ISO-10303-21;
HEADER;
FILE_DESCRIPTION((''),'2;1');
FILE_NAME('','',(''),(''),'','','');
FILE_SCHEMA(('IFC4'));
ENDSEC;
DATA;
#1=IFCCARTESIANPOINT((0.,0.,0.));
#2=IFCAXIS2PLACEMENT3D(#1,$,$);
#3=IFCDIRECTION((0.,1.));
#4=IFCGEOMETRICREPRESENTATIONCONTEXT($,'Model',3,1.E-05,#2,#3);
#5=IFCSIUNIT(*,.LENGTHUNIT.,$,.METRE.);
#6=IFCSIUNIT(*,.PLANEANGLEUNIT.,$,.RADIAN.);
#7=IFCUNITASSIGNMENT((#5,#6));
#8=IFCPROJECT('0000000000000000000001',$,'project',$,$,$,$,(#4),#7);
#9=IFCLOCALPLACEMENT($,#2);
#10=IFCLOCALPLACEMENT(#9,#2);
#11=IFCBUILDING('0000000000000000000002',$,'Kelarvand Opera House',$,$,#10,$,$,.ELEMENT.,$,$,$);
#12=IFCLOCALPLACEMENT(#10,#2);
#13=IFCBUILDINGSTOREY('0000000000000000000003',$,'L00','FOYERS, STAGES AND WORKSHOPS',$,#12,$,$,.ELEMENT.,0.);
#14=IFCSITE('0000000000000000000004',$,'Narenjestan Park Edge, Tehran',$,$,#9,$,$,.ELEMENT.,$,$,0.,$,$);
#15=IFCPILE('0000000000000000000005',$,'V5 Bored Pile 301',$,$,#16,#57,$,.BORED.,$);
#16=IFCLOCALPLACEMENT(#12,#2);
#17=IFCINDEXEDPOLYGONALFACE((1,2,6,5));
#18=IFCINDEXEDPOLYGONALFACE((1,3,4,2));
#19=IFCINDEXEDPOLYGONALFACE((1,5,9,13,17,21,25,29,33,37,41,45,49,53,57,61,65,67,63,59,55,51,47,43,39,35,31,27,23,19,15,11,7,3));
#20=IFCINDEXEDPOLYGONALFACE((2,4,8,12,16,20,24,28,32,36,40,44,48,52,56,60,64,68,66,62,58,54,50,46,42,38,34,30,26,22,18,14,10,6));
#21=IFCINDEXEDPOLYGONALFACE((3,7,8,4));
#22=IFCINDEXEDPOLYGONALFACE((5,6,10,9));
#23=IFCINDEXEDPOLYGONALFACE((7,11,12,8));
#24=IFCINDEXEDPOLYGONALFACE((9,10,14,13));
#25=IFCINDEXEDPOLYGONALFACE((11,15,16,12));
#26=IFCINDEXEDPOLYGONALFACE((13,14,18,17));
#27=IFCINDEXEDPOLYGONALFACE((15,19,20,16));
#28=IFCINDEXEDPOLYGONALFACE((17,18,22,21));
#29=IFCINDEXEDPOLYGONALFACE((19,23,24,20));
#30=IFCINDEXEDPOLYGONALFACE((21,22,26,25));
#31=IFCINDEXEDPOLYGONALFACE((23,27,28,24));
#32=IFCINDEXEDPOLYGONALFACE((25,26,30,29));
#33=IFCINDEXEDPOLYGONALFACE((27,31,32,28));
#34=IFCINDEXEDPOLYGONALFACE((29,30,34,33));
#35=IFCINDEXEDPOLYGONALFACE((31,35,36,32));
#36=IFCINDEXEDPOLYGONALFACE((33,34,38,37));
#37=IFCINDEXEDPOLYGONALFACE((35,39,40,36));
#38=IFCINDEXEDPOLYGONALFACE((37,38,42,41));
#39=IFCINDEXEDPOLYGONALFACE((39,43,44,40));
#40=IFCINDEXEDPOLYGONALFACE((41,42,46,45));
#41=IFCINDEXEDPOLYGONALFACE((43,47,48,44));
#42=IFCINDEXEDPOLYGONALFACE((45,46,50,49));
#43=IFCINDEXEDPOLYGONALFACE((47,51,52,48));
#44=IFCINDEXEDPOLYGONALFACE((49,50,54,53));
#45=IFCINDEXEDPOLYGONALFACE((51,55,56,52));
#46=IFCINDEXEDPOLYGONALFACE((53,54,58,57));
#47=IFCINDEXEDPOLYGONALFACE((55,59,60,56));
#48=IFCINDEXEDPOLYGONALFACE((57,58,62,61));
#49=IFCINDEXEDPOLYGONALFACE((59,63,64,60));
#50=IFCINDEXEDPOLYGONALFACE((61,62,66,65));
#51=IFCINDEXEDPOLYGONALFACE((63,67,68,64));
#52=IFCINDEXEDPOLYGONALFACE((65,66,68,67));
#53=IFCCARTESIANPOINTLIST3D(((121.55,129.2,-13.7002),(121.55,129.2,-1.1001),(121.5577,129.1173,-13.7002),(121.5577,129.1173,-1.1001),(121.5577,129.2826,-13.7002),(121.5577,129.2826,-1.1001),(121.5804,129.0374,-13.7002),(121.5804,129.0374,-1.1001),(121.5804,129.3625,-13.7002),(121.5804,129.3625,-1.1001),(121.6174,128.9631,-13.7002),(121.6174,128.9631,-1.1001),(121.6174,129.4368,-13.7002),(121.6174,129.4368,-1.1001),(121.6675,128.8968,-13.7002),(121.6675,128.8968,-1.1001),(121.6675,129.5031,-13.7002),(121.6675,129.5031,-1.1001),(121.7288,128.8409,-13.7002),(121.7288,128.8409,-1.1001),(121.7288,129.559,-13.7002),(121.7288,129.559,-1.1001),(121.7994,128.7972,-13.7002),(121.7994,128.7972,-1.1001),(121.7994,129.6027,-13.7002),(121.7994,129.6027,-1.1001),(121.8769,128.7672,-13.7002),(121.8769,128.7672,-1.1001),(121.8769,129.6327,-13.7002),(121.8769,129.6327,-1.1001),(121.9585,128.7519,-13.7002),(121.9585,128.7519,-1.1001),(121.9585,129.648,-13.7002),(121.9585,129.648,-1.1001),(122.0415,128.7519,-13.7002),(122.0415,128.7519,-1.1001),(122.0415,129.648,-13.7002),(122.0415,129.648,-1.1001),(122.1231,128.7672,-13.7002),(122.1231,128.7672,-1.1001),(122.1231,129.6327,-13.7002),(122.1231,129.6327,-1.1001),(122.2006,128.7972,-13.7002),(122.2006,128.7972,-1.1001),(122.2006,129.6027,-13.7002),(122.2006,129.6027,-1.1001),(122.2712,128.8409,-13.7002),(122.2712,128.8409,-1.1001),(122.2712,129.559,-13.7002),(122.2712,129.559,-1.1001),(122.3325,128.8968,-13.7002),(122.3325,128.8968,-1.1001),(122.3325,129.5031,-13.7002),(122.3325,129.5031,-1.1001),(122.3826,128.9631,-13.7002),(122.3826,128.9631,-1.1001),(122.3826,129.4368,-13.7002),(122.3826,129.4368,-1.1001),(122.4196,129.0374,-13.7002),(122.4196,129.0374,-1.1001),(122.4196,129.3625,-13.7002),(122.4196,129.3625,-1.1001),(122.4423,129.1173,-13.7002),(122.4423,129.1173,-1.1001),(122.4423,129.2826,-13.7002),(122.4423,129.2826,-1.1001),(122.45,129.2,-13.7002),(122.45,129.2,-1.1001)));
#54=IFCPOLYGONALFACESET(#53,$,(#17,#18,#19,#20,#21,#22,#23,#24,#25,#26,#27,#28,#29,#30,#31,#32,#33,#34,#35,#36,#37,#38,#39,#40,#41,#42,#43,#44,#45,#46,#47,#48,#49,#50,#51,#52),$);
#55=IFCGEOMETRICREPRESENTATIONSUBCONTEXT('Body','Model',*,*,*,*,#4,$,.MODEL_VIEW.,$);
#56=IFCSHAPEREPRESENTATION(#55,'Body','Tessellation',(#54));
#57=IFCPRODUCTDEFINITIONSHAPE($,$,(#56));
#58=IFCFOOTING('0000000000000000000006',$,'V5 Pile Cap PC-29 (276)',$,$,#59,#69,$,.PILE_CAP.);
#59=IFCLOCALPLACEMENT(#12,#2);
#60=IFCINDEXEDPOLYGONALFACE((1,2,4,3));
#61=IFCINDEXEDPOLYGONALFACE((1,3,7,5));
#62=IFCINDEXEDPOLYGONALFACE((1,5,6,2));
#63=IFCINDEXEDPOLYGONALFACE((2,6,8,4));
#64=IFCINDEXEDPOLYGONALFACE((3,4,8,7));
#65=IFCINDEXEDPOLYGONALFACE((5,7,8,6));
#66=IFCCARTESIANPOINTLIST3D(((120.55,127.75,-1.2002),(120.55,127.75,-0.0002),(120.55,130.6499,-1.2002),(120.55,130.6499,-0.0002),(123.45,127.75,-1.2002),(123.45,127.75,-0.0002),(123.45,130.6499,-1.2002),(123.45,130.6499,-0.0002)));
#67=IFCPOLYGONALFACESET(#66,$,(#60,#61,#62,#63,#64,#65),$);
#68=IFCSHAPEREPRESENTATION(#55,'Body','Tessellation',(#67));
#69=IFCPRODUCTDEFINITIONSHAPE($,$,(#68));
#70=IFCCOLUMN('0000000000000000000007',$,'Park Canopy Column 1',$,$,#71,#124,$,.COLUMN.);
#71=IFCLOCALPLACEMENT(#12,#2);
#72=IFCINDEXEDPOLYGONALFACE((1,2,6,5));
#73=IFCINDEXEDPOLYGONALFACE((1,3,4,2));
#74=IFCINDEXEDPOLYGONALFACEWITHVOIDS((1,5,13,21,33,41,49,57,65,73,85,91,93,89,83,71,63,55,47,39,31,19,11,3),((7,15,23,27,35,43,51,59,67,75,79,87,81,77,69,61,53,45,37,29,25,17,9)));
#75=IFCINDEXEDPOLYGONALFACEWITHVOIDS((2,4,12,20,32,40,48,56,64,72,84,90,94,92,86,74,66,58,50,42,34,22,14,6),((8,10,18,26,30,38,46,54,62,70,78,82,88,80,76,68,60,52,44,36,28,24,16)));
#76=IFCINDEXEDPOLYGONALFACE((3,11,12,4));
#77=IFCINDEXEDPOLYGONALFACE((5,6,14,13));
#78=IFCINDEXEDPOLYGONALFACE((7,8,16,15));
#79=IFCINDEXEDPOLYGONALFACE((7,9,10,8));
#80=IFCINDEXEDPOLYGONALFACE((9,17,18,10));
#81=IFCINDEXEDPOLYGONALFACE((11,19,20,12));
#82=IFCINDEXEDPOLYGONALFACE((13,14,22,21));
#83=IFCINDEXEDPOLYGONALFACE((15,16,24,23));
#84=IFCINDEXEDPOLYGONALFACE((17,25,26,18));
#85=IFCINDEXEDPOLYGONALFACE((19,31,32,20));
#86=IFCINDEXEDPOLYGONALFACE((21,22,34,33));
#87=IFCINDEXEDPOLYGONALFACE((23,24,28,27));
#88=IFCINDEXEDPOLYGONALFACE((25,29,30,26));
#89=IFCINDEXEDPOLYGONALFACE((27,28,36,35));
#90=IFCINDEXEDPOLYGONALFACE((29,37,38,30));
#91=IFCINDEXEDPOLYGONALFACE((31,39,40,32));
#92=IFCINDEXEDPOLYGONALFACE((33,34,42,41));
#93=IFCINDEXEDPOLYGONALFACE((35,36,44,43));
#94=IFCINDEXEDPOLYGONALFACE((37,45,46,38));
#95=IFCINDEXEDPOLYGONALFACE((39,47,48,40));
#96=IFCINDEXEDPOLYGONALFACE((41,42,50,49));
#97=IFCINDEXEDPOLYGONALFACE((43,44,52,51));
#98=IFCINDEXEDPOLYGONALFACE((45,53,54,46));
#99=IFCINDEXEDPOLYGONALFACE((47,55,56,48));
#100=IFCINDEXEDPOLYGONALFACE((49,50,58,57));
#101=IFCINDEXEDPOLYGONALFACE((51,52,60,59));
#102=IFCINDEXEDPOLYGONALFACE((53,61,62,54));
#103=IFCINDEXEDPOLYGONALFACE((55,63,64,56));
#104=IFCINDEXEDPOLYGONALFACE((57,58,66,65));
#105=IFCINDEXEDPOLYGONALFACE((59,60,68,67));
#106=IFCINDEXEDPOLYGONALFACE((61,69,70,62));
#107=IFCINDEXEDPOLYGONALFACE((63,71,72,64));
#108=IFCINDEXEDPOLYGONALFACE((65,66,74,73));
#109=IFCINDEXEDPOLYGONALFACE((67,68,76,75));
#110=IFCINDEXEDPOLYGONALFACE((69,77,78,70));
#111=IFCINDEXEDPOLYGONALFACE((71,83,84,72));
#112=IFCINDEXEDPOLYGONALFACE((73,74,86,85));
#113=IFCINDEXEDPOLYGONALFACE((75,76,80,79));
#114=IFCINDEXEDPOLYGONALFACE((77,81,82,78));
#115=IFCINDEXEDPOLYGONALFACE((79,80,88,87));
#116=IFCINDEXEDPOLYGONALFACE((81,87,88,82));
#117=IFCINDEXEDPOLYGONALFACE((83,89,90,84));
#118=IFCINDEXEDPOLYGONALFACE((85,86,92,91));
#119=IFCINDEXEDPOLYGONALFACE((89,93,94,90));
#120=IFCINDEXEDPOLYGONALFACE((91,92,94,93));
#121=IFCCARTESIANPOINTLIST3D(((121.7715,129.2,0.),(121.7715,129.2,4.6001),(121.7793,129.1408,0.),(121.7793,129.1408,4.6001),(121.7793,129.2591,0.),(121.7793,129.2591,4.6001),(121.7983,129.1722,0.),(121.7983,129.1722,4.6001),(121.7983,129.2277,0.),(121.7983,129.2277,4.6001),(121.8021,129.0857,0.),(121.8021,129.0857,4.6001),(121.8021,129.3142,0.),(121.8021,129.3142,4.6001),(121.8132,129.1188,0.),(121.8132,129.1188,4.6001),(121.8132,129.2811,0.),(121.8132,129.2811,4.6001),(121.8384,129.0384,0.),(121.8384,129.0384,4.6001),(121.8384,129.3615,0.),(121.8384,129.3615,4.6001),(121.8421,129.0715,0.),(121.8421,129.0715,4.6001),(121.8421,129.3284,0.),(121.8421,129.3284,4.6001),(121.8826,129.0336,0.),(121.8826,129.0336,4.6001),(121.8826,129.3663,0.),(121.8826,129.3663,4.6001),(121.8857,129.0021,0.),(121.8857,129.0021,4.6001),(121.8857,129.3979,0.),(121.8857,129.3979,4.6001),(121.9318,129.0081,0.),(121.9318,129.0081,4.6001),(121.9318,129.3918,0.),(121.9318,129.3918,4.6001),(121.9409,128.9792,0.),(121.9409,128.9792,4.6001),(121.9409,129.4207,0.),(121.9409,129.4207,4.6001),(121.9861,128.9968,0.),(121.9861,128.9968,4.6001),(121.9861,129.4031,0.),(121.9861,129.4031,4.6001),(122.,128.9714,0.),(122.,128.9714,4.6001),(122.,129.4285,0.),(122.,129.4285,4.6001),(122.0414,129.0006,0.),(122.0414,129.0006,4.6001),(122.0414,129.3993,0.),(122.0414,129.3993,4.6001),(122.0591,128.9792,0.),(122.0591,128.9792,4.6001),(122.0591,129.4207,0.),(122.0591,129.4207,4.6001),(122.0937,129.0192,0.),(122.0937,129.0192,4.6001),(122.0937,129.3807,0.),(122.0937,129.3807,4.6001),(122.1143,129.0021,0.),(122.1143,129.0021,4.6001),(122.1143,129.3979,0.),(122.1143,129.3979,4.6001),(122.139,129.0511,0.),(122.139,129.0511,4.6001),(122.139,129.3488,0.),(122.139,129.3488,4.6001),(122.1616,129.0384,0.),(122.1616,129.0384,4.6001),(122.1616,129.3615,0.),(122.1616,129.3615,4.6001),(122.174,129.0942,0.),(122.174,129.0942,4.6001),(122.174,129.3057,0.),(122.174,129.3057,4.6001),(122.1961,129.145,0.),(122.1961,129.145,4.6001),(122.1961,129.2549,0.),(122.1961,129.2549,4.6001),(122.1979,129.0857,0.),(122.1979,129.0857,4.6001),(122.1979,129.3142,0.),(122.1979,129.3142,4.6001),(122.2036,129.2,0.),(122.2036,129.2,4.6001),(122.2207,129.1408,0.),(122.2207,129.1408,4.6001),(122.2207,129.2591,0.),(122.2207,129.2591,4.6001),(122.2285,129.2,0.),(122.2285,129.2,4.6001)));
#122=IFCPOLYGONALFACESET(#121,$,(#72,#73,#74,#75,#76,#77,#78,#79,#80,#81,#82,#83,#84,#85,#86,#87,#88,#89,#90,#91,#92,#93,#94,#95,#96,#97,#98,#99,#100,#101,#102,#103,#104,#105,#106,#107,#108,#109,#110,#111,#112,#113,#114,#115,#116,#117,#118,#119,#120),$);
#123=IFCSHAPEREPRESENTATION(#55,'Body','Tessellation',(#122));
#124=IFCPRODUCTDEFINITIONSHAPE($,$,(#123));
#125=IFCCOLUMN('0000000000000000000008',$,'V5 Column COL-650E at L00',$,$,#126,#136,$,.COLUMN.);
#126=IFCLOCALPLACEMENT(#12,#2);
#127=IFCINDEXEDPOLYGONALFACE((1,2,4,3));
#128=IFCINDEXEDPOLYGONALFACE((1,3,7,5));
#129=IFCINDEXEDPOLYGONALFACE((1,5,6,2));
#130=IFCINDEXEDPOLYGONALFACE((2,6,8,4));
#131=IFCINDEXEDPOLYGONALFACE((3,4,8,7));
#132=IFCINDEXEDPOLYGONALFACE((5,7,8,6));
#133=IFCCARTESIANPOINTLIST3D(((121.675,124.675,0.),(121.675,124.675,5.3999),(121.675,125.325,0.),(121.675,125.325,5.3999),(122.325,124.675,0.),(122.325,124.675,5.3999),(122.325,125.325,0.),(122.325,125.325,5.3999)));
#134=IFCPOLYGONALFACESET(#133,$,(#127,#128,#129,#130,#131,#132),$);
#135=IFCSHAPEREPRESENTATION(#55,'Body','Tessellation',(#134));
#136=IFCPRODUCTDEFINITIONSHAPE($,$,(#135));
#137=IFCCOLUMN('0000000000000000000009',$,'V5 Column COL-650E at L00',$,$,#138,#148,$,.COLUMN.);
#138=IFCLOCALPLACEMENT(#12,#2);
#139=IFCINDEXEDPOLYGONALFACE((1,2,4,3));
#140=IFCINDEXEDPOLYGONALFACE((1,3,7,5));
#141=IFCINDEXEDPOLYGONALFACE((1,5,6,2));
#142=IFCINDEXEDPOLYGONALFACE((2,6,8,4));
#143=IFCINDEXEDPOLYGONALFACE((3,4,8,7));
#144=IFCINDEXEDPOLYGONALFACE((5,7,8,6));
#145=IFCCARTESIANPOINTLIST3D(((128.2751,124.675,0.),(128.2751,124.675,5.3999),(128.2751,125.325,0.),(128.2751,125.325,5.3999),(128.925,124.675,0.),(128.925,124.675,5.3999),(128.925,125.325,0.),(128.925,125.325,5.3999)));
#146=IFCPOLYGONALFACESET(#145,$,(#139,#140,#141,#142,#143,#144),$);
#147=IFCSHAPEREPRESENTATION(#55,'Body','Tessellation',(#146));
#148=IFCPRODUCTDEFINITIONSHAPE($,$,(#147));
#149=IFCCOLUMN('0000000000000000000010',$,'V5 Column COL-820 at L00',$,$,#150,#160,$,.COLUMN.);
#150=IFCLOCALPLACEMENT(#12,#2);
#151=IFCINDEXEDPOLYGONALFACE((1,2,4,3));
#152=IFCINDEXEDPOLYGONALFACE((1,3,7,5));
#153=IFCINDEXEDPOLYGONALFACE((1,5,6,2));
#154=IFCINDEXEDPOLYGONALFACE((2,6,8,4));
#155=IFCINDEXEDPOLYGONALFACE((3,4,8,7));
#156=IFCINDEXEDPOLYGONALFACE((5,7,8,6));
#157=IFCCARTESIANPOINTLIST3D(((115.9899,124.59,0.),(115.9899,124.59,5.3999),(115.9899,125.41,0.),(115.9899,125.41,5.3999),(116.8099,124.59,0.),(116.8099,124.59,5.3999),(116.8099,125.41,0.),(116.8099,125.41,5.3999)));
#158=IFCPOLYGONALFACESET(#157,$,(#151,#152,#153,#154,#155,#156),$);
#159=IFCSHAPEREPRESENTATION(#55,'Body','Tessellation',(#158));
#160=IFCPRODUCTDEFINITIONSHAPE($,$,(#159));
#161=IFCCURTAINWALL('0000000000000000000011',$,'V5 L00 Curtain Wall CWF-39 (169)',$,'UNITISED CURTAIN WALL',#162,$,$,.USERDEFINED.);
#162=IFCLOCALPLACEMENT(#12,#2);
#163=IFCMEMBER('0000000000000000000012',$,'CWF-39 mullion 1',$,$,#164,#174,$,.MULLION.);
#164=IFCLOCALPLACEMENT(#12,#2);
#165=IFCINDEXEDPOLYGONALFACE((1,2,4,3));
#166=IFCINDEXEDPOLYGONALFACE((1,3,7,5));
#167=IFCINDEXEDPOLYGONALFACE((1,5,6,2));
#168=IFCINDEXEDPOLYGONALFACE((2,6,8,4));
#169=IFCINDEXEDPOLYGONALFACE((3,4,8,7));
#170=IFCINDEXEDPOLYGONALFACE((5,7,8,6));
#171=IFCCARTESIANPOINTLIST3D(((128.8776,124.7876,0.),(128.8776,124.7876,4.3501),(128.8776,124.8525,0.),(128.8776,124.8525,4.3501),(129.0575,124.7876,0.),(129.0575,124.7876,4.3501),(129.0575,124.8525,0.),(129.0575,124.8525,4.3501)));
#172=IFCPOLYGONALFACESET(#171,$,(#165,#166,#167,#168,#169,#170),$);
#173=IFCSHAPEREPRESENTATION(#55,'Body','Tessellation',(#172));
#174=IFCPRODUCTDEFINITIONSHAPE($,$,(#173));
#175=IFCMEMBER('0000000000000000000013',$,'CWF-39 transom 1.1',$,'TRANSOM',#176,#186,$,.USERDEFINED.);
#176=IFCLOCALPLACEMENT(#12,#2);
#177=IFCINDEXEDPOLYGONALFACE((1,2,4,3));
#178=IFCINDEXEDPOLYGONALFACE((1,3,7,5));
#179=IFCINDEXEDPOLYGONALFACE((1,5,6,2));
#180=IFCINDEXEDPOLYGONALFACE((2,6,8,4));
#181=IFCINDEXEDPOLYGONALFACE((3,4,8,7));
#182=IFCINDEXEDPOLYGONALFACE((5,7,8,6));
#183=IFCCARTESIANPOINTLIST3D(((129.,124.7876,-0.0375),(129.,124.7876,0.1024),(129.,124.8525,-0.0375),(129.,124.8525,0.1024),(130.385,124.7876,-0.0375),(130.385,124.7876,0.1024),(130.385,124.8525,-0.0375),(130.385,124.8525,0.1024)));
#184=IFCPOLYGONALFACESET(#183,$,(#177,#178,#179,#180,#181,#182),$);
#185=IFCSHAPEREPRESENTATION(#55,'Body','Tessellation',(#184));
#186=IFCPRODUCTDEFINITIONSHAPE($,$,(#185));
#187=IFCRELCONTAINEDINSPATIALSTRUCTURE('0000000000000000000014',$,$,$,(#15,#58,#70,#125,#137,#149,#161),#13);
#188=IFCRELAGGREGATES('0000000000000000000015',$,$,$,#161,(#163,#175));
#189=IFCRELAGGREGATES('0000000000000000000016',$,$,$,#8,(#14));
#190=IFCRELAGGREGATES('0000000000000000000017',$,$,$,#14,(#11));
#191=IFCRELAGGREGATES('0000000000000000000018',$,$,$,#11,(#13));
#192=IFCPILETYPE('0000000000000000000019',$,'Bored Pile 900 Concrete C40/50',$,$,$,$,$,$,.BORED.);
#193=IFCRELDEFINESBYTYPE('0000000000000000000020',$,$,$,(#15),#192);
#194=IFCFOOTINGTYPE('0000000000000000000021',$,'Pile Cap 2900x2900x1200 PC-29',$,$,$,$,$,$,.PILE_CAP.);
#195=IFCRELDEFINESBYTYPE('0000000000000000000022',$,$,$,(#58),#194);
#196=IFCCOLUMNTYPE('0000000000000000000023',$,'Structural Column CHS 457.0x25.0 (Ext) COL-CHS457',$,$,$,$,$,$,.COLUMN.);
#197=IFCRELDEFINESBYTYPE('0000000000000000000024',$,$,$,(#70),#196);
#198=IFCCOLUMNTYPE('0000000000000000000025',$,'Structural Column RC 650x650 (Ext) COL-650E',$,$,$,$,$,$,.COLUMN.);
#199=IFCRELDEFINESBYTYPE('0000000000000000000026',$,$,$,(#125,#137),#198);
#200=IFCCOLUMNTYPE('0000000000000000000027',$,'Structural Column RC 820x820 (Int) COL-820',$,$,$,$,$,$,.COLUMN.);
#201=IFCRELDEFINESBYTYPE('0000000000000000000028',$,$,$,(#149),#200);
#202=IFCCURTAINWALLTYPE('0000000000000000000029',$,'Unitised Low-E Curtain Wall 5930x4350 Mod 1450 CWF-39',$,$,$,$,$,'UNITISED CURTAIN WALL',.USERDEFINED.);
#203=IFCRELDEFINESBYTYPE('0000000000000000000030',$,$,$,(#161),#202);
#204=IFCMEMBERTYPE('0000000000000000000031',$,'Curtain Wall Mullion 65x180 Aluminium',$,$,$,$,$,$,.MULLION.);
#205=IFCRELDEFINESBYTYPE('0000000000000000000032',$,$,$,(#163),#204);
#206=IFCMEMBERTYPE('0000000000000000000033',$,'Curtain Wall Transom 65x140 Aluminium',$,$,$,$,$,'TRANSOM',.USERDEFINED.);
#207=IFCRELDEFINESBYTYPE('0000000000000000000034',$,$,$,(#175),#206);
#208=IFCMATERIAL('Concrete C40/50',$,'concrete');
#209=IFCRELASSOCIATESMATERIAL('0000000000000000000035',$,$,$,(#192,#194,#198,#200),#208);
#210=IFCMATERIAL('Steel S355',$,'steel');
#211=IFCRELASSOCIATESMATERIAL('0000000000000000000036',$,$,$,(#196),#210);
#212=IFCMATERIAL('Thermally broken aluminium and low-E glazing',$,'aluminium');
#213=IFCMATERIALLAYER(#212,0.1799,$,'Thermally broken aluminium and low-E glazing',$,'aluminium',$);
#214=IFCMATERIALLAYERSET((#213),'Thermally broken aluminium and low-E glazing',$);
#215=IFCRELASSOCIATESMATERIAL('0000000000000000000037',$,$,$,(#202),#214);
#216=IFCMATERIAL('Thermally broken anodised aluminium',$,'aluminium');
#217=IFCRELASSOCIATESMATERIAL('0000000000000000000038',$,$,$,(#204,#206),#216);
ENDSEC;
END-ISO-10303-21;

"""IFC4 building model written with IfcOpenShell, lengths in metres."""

from ifc_helpers import new_model, si_unit, direction, frame, origin, origin_2d, place, context, subcontext, project, spatial, rectangle, circle, hollow_circle, extrude, material, layer, layer_set, material_profile, profile_set, type_object, element, aggregate, save


model = new_model("IFC4")

# Units and contexts
model_context = context("Model", 3, precision=1e-05, world=origin(), true_north=direction((0.0, 1.0)))
body_context = subcontext(model_context, "Body", "Model", "MODEL_VIEW")
ifc_project = project(units=[si_unit("LENGTHUNIT", "METRE"), si_unit("PLANEANGLEUNIT", "RADIAN")], contexts=[model_context])

# Site, building, storey
site_placement = place(None, origin())
site = spatial("IfcSite", under=ifc_project, at=site_placement, Name="Narenjestan Park Edge, Tehran", CompositionType="ELEMENT", RefElevation=0.0)
building_placement = place(site_placement, origin())
building = spatial("IfcBuilding", under=site, at=building_placement, Name="Kelarvand Opera House", CompositionType="ELEMENT")
storey_placement = place(building_placement, origin())
storey = spatial("IfcBuildingStorey", under=building, at=storey_placement, Name="L00", Description="FOYERS, STAGES AND WORKSHOPS", CompositionType="ELEMENT", Elevation=0.0)

# Pile
ifc_material_1 = material(Name="Concrete C40/50", Category="concrete")
ifc_material_profile_1 = material_profile(ifc_material_1, circle(Radius=0.45, at=origin_2d()), Name="BP 900", Category="concrete")
ifc_profile_set_1 = profile_set([ifc_material_profile_1], Name="Concrete C40/50")
pile_type = type_object("IfcPileType", Name="Bored Pile 900 Concrete C40/50", PredefinedType="BORED", material=ifc_profile_set_1)
pile_placement = place(storey_placement, frame((122.0, 129.2, -1.1001), z_axis=(0.0, 0.0, -1.0), x_axis=(1.0, 0.0, 0.0)))
element("IfcPile", 1, at=pile_placement, inside=storey, type_object=pile_type, Name="V5 Bored Pile 301", PredefinedType="BORED", context=body_context, shape_type="SweptSolid", body=[
    extrude(circle(Radius=0.45, at=origin_2d()), origin(), (0.0, 0.0, 1.0), 12.6001),
])

# Footing
footing_type = type_object("IfcFootingType", Name="Pile Cap 2900x2900x1200 PC-29", PredefinedType="PILE_CAP", material=ifc_material_1)
footing_placement = place(storey_placement, frame((122.0, 129.2, -1.2002), z_axis=(0.0, 0.0, 1.0), x_axis=(1.0, 0.0, 0.0)))
element("IfcFooting", 2, at=footing_placement, inside=storey, type_object=footing_type, Name="V5 Pile Cap PC-29 (276)", PredefinedType="PILE_CAP", context=body_context, shape_type="SweptSolid", body=[
    extrude(rectangle(XDim=2.8999, YDim=2.8999, at=origin_2d()), origin(), (0.0, 0.0, 1.0), 1.2),
])

# Columns
ifc_material_2 = material(Name="Steel S355", Category="steel")
ifc_material_profile_2 = material_profile(ifc_material_2, hollow_circle(Radius=0.2285, WallThickness=0.0249, at=origin_2d()), Name="CHS 457.0x25.0", Category="steel")
ifc_profile_set_2 = profile_set([ifc_material_profile_2], Name="Steel S355")
column_type_1 = type_object("IfcColumnType", Name="Structural Column CHS 457.0x25.0 (Ext) COL-CHS457", PredefinedType="COLUMN", material=ifc_profile_set_2)
column_1_placement = place(storey_placement, frame((122.0, 129.2, 0.0), z_axis=(0.0, 0.0, 1.0), x_axis=(1.0, 0.0, 0.0)))
element("IfcColumn", 3, at=column_1_placement, inside=storey, type_object=column_type_1, Name="Park Canopy Column 1", PredefinedType="COLUMN", context=body_context, shape_type="SweptSolid", body=[
    extrude(hollow_circle(Radius=0.2285, WallThickness=0.0249, at=origin_2d()), origin(), (0.0, 0.0, 1.0), 4.6001),
])
ifc_material_profile_3 = material_profile(ifc_material_1, rectangle(XDim=0.6499, YDim=0.6499, at=origin_2d()), Name="RC 650x650", Category="concrete")
ifc_profile_set_3 = profile_set([ifc_material_profile_3], Name="Concrete C40/50")
column_type_2 = type_object("IfcColumnType", Name="Structural Column RC 650x650 (Ext) COL-650E", PredefinedType="COLUMN", material=ifc_profile_set_3)
for number, where, z_axis, x_axis, name in (
    (4, (122.0, 125.0, 0.0), (0.0, 0.0, 1.0), (1.0, 0.0, 0.0), "V5 Column COL-650E at L00"),
    (5, (128.6001, 125.0, 0.0), (0.0, 0.0, 1.0), (1.0, 0.0, 0.0), "V5 Column COL-650E at L00"),
):
    element("IfcColumn", number, at=place(storey_placement, frame(where, z_axis=z_axis, x_axis=x_axis)), inside=storey, type_object=column_type_2, Name=name, PredefinedType="COLUMN", context=body_context, shape_type="SweptSolid", body=[
        extrude(rectangle(XDim=0.6499, YDim=0.6499, at=origin_2d()), origin(), (0.0, 0.0, 1.0), 5.3999),
    ])
ifc_material_profile_4 = material_profile(ifc_material_1, rectangle(XDim=0.8201, YDim=0.8201, at=origin_2d()), Name="RC 820x820", Category="concrete")
ifc_profile_set_4 = profile_set([ifc_material_profile_4], Name="Concrete C40/50")
column_type_3 = type_object("IfcColumnType", Name="Structural Column RC 820x820 (Int) COL-820", PredefinedType="COLUMN", material=ifc_profile_set_4)
column_2_placement = place(storey_placement, frame((116.3999, 125.0, 0.0), z_axis=(0.0, 0.0, 1.0), x_axis=(1.0, 0.0, 0.0)))
element("IfcColumn", 6, at=column_2_placement, inside=storey, type_object=column_type_3, Name="V5 Column COL-820 at L00", PredefinedType="COLUMN", context=body_context, shape_type="SweptSolid", body=[
    extrude(rectangle(XDim=0.8201, YDim=0.8201, at=origin_2d()), origin(), (0.0, 0.0, 1.0), 5.3999),
])

# Curtain wall, members
ifc_material_3 = material(Name="Thermally broken aluminium and low-E glazing", Category="aluminium")
ifc_layer_1 = layer(ifc_material_3, 0.1799, Name="Thermally broken aluminium and low-E glazing", Category="aluminium")
ifc_layer_set_1 = layer_set([ifc_layer_1], Name="Thermally broken aluminium and low-E glazing")
curtain_wall_type = type_object("IfcCurtainWallType", Name="Unitised Low-E Curtain Wall 5930x4350 Mod 1450 CWF-39", ElementType="UNITISED CURTAIN WALL", PredefinedType="USERDEFINED", material=ifc_layer_set_1)
curtain_wall_placement = place(storey_placement, origin())
curtain_wall = element("IfcCurtainWall", 7, at=curtain_wall_placement, inside=storey, type_object=curtain_wall_type, Name="V5 L00 Curtain Wall CWF-39 (169)", ObjectType="UNITISED CURTAIN WALL", PredefinedType="USERDEFINED")
ifc_material_4 = material(Name="Thermally broken anodised aluminium", Category="aluminium")
ifc_material_profile_5 = material_profile(ifc_material_4, rectangle(XDim=0.0649, YDim=0.1799, at=origin_2d()), Name="ALU MULLION 65x180", Category="aluminium")
ifc_profile_set_5 = profile_set([ifc_material_profile_5], Name="Thermally broken anodised aluminium")
member_type_1 = type_object("IfcMemberType", Name="Curtain Wall Mullion 65x180 Aluminium", PredefinedType="MULLION", material=ifc_profile_set_5)
member_1_placement = place(storey_placement, frame((128.9675, 124.8201, 0.0), z_axis=(0.0, 0.0, 1.0), x_axis=(0.0, 1.0, 0.0)))
member_1 = element("IfcMember", 8, at=member_1_placement, type_object=member_type_1, Name="CWF-39 mullion 1", PredefinedType="MULLION", context=body_context, shape_type="SweptSolid", body=[
    extrude(rectangle(XDim=0.0649, YDim=0.1799, at=origin_2d()), origin(), (0.0, 0.0, 1.0), 4.3501),
])
ifc_material_profile_6 = material_profile(ifc_material_4, rectangle(XDim=0.0649, YDim=0.1399, at=origin_2d()), Name="ALU TRANSOM 65x140", Category="aluminium")
ifc_profile_set_6 = profile_set([ifc_material_profile_6], Name="Thermally broken anodised aluminium")
member_type_2 = type_object("IfcMemberType", Name="Curtain Wall Transom 65x140 Aluminium", ElementType="TRANSOM", PredefinedType="USERDEFINED", material=ifc_profile_set_6)
member_2_placement = place(storey_placement, frame((129.0, 124.8201, 0.0325), z_axis=(1.0, 0.0, 0.0), x_axis=(0.0, 1.0, 0.0)))
member_2 = element("IfcMember", 9, at=member_2_placement, type_object=member_type_2, Name="CWF-39 transom 1.1", ObjectType="TRANSOM", PredefinedType="USERDEFINED", context=body_context, shape_type="SweptSolid", body=[
    extrude(rectangle(XDim=0.0649, YDim=0.1399, at=origin_2d()), origin(), (0.0, 0.0, 1.0), 1.385),
])
aggregate(curtain_wall, [member_1, member_2])

save(model, "model.ifc")
